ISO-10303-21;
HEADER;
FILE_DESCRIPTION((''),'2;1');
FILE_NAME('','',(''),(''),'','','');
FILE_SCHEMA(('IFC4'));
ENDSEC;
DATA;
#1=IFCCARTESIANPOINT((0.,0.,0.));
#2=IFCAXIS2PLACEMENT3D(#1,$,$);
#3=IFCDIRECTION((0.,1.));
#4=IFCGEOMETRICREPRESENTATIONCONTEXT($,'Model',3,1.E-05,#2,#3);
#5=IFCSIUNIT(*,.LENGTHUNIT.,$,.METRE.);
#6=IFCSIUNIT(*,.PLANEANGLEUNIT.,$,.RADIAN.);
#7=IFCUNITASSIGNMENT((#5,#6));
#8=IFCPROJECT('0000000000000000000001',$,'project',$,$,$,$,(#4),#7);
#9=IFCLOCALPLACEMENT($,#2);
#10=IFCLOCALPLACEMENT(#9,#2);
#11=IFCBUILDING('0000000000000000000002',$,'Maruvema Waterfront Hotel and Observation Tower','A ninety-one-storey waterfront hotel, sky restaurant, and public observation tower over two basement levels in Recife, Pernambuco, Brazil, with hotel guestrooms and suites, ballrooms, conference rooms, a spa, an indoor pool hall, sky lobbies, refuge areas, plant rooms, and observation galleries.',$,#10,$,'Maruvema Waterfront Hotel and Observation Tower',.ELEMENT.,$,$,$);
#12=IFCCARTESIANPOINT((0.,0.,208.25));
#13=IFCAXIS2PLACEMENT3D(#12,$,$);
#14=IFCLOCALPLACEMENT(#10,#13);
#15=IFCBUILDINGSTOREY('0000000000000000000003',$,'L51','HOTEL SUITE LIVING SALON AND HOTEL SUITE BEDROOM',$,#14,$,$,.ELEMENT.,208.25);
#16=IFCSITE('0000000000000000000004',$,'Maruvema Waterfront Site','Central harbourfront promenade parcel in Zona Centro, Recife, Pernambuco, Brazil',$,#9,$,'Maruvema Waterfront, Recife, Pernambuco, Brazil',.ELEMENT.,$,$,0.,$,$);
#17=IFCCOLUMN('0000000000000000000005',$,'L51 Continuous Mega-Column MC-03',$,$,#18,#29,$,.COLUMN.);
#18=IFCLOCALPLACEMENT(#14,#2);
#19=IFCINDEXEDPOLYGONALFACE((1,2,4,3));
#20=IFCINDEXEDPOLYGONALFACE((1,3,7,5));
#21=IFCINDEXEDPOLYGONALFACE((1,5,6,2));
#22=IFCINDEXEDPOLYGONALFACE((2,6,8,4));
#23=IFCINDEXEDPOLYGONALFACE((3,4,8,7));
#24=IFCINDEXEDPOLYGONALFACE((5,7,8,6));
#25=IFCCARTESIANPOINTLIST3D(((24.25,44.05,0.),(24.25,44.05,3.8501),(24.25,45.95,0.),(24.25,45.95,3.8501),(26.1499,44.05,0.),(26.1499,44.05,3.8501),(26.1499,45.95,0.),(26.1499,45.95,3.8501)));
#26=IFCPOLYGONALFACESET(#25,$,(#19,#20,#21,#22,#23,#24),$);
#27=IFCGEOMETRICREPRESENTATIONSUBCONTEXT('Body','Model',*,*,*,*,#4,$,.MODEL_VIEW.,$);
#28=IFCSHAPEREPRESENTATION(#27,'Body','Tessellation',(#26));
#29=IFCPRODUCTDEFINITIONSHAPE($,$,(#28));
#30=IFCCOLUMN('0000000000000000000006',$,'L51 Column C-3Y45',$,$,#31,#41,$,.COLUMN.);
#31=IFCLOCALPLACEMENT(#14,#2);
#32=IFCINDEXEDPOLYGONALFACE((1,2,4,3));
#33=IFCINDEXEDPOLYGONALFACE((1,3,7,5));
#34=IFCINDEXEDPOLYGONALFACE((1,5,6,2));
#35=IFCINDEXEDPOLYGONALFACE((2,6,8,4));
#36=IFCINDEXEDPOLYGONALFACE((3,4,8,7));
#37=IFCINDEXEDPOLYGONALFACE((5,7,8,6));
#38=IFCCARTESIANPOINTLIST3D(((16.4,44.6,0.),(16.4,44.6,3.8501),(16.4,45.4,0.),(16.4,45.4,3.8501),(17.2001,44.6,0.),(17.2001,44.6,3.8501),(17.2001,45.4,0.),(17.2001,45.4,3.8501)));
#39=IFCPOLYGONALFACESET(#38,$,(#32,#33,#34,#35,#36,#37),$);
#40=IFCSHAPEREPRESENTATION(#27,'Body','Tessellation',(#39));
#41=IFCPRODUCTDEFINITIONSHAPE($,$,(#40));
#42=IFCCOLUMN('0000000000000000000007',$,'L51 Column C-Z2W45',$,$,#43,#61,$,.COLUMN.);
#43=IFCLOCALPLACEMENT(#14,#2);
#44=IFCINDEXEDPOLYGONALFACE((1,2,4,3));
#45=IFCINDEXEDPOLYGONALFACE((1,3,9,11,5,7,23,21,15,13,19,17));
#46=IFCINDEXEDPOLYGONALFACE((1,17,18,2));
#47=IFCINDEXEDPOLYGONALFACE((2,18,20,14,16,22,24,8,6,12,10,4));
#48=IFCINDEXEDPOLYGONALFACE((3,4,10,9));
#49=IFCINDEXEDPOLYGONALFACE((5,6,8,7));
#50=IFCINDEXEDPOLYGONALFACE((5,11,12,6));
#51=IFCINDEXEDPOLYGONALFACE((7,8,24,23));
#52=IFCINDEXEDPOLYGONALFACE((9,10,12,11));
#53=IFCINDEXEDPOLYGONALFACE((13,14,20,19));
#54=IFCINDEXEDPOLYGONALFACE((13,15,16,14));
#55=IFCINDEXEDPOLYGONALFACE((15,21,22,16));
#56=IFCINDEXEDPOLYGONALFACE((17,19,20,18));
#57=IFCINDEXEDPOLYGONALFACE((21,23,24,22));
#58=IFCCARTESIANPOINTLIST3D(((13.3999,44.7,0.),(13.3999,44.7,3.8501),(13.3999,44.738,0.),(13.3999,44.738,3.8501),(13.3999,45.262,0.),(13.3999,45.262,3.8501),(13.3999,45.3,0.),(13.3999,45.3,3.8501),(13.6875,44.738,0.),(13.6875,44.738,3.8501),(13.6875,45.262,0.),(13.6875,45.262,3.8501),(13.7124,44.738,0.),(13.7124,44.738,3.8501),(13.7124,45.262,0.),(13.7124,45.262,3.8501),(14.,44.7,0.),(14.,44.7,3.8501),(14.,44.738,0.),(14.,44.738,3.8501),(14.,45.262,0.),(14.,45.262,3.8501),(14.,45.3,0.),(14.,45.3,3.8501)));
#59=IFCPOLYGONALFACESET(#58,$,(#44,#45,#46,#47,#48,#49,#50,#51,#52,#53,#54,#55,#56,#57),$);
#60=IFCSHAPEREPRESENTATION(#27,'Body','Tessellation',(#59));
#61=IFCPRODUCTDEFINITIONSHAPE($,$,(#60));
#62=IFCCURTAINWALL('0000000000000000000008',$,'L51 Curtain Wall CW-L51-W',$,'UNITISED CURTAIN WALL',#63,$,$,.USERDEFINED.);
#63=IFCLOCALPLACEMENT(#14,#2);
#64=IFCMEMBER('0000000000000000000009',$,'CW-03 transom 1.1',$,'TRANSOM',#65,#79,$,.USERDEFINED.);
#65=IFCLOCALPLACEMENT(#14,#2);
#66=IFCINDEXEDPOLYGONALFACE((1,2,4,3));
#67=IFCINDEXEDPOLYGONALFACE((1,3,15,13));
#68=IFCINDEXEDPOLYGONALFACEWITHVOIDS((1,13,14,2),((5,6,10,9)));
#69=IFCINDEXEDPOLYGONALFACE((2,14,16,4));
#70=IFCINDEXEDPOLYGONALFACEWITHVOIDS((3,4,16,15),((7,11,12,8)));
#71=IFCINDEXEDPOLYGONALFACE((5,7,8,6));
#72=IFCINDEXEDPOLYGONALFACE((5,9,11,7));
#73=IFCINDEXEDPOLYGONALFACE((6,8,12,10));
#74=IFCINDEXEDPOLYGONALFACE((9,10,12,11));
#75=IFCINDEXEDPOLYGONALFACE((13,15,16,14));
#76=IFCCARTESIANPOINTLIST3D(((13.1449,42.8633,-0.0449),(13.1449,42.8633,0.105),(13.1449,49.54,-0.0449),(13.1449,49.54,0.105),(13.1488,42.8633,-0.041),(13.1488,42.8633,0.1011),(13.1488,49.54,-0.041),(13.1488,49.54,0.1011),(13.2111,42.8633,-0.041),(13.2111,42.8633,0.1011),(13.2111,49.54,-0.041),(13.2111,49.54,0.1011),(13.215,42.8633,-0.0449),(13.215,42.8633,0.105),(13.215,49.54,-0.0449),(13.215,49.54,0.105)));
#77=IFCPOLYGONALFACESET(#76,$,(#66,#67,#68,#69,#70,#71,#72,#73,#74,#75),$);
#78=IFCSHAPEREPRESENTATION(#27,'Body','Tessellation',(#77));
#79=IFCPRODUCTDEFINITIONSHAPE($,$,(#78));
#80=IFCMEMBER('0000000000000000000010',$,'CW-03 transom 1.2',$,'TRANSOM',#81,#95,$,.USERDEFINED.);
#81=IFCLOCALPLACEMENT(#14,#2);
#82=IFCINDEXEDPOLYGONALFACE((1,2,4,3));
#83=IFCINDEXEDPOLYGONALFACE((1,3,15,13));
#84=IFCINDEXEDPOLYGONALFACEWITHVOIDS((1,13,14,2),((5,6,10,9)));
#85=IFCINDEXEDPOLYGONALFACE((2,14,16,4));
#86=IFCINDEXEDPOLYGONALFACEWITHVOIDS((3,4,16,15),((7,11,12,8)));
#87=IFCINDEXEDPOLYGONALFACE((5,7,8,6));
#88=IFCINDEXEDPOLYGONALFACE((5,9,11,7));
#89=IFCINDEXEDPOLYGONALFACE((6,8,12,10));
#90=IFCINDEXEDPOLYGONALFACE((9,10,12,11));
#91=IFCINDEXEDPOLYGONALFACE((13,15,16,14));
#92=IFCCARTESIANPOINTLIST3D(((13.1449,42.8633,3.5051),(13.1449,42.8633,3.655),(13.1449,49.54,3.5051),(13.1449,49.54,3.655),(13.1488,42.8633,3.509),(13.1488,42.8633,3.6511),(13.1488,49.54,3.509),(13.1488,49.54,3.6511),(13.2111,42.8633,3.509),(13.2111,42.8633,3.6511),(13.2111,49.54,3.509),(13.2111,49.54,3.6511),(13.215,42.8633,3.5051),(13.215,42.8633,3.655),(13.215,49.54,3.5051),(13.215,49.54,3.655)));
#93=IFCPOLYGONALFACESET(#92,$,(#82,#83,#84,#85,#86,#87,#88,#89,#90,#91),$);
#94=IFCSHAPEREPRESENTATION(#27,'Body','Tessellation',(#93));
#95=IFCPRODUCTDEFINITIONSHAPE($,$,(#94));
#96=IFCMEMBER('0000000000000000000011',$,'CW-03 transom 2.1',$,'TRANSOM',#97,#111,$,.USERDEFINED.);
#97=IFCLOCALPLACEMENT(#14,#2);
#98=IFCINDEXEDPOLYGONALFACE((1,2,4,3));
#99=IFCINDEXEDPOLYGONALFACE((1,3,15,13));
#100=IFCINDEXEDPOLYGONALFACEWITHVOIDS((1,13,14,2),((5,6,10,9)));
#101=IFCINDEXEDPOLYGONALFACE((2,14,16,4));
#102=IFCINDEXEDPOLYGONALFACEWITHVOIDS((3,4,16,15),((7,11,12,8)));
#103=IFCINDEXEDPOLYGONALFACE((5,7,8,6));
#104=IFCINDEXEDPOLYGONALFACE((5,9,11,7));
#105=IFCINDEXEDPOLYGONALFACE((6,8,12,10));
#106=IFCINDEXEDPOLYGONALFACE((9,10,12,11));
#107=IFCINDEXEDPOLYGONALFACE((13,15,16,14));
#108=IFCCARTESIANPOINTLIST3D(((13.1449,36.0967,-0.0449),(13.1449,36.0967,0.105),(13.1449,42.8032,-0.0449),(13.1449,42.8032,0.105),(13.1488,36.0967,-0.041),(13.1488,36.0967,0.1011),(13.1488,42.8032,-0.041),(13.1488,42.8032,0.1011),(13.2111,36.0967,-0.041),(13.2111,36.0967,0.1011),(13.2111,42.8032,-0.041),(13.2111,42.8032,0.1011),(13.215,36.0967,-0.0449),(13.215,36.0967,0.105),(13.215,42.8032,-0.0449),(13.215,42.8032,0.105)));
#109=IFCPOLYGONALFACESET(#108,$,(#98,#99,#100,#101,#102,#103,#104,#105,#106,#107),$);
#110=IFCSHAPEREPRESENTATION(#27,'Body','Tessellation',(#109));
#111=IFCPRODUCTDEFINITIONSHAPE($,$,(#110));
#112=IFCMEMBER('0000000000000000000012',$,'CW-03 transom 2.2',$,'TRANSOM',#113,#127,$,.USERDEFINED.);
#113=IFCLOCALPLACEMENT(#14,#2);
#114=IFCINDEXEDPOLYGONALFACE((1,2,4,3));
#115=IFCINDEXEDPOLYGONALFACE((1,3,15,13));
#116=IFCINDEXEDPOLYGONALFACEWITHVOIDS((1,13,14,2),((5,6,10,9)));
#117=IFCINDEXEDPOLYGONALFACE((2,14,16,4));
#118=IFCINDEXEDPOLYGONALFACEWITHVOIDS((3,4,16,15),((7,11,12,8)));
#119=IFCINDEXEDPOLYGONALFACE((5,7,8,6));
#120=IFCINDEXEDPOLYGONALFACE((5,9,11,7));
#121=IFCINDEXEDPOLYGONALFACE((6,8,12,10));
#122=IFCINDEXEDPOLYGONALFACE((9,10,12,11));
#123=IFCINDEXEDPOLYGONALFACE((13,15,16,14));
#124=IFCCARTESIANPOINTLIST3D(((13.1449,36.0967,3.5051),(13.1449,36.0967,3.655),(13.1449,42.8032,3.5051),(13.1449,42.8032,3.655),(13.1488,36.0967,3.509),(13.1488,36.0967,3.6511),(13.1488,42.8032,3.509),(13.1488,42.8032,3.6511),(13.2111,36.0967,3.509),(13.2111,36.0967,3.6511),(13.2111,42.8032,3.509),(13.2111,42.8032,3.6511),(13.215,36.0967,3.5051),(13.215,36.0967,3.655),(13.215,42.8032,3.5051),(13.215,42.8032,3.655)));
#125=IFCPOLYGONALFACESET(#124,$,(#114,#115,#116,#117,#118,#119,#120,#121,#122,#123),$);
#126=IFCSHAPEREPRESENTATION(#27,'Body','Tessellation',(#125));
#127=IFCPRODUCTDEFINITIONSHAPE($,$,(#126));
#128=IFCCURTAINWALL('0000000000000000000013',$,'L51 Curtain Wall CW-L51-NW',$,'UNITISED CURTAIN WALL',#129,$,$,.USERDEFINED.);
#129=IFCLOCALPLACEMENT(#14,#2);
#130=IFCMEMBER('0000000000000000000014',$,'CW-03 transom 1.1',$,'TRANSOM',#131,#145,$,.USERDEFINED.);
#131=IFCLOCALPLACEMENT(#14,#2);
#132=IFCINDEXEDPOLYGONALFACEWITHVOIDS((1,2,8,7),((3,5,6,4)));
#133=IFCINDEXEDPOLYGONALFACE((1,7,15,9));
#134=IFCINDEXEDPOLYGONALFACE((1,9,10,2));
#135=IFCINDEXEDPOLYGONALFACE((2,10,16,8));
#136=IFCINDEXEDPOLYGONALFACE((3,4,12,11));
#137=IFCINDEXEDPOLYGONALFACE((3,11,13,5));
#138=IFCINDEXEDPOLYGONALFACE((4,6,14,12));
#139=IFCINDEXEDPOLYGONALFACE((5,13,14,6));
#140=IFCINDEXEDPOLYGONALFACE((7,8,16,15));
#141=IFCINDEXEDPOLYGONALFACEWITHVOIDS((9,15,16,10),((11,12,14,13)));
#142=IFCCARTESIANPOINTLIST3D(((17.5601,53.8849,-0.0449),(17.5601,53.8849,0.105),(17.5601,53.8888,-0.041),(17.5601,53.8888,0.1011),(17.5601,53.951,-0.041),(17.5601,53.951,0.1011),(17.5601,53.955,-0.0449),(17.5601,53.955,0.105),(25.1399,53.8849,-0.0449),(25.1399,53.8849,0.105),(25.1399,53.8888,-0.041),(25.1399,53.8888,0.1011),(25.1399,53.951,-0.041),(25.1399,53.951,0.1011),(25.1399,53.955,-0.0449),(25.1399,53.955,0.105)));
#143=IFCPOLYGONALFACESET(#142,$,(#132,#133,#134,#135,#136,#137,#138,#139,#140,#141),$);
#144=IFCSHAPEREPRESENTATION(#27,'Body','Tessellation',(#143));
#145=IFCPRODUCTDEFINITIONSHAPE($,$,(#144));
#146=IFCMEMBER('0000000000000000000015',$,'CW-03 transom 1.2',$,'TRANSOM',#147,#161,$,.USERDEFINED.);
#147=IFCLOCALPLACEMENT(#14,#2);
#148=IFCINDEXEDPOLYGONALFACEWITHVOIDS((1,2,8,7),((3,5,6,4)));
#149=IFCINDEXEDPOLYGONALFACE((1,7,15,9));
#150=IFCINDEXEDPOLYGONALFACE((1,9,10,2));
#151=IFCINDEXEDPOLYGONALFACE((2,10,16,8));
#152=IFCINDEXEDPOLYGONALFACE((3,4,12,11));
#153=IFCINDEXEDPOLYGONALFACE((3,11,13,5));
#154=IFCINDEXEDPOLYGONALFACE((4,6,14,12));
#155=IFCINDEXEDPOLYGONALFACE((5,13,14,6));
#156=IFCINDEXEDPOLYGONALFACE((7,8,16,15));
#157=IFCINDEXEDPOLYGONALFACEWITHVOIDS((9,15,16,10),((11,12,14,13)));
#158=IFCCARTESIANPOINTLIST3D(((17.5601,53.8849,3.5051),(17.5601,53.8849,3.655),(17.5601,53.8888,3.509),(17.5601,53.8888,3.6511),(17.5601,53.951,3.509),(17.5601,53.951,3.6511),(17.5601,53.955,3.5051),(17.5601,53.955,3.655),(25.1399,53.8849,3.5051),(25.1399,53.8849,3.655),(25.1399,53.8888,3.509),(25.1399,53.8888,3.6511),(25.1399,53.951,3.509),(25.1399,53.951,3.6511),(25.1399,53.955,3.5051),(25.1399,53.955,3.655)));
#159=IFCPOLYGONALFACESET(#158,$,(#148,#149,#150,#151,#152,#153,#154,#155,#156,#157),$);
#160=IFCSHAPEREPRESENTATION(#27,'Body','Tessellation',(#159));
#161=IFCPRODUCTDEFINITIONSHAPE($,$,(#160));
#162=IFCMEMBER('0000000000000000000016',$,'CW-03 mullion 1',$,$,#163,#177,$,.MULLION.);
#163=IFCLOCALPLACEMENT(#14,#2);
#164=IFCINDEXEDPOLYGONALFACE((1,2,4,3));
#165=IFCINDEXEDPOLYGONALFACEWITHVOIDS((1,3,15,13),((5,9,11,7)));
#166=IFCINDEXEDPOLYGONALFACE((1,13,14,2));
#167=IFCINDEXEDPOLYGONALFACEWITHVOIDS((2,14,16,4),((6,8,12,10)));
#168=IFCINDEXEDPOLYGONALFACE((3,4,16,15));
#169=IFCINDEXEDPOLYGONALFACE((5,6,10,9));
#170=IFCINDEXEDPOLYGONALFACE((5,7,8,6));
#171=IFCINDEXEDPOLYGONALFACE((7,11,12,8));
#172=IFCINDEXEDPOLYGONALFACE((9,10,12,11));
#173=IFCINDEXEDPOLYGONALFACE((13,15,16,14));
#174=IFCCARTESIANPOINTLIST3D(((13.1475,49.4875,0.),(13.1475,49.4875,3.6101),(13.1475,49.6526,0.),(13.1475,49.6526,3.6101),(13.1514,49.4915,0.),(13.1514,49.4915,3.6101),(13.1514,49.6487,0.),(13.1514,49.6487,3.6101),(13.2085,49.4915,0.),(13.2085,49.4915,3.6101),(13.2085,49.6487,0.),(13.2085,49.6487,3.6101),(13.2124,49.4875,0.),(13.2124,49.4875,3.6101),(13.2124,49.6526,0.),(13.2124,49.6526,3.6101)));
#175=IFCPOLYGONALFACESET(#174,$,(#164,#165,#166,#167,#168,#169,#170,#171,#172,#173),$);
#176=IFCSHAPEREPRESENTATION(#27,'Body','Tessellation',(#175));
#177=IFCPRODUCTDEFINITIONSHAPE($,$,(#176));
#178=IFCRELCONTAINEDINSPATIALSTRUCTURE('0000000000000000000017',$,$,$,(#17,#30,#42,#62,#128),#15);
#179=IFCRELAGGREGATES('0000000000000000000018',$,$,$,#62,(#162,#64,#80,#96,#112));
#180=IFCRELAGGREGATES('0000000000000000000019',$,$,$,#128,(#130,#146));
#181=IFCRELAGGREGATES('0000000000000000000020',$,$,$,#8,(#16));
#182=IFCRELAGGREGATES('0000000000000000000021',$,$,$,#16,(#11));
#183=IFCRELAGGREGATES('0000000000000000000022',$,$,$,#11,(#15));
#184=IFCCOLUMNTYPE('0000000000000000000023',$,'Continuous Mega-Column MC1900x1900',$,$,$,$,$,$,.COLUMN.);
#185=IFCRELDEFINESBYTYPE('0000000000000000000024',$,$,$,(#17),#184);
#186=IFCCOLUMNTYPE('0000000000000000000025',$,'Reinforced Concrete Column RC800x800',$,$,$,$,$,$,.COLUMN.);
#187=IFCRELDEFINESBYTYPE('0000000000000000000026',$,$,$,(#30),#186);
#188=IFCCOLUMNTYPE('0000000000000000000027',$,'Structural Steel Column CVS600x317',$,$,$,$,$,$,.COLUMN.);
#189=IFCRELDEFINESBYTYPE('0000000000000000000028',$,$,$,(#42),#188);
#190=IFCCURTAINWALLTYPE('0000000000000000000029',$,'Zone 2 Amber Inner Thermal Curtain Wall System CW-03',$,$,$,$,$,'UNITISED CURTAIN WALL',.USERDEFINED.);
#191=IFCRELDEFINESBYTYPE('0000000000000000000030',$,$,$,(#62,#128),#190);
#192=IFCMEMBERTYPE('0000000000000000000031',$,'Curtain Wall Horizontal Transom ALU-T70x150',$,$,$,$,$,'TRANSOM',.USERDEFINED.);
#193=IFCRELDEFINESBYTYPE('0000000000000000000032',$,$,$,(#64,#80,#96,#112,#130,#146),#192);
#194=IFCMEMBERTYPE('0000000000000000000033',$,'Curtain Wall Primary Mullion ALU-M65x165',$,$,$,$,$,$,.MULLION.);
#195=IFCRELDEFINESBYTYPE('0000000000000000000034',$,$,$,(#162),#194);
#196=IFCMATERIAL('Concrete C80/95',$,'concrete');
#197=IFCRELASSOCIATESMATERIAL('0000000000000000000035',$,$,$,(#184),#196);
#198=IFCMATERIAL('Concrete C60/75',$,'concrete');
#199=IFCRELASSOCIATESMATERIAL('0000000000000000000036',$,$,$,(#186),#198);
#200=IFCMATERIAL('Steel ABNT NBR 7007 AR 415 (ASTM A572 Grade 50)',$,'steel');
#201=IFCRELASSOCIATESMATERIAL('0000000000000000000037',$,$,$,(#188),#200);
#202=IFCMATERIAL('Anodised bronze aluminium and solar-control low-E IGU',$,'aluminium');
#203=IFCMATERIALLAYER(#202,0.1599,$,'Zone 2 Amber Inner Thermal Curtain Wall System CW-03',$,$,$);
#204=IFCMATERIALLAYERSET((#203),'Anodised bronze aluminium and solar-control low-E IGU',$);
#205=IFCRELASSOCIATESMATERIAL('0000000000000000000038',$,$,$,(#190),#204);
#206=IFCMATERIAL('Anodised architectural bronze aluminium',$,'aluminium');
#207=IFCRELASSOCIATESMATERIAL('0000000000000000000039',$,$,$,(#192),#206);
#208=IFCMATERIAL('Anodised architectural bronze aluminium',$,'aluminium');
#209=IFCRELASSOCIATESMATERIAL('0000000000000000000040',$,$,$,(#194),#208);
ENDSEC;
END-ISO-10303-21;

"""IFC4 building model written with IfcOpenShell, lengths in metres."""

from ifc_helpers import new_model, si_unit, direction, frame, origin, origin_2d, place, context, subcontext, project, spatial, rectangle, hollow_rectangle, i_section, extrude, material, layer, layer_set, material_profile, profile_set, type_object, element, aggregate, save


model = new_model("IFC4")

# Units and contexts
model_context = context("Model", 3, precision=1e-05, world=origin(), true_north=direction((0.0, 1.0)))
body_context = subcontext(model_context, "Body", "Model", "MODEL_VIEW")
ifc_project = project(units=[si_unit("LENGTHUNIT", "METRE"), si_unit("PLANEANGLEUNIT", "RADIAN")], contexts=[model_context])

# Site, building, storey
site_placement = place(None, origin())
site = spatial("IfcSite", under=ifc_project, at=site_placement, Name="Maruvema Waterfront Site", Description="Central harbourfront promenade parcel in Zona Centro, Recife, Pernambuco, Brazil", LongName="Maruvema Waterfront, Recife, Pernambuco, Brazil", CompositionType="ELEMENT", RefElevation=0.0)
building_placement = place(site_placement, origin())
building = spatial("IfcBuilding", under=site, at=building_placement, Name="Maruvema Waterfront Hotel and Observation Tower", Description="A ninety-one-storey waterfront hotel, sky restaurant, and public observation tower over two basement levels in Recife, Pernambuco, Brazil, with hotel guestrooms and suites, ballrooms, conference rooms, a spa, an indoor pool hall, sky lobbies, refuge areas, plant rooms, and observation galleries.", LongName="Maruvema Waterfront Hotel and Observation Tower", CompositionType="ELEMENT")
storey_placement = place(building_placement, frame((0.0, 0.0, 208.25)))
storey = spatial("IfcBuildingStorey", under=building, at=storey_placement, Name="L51", Description="HOTEL SUITE LIVING SALON AND HOTEL SUITE BEDROOM", CompositionType="ELEMENT", Elevation=208.25)

# Columns
ifc_material_1 = material(Name="Concrete C80/95", Category="concrete")
ifc_material_profile_1 = material_profile(ifc_material_1, rectangle(XDim=1.8999, YDim=1.8999, at=origin_2d()), Name="MC1900x1900")
ifc_profile_set_1 = profile_set([ifc_material_profile_1], Name="Concrete C80/95")
column_type_1 = type_object("IfcColumnType", Name="Continuous Mega-Column MC1900x1900", PredefinedType="COLUMN", material=ifc_profile_set_1)
column_1_placement = place(storey_placement, frame((25.2, 45.0, 0.0), z_axis=(0.0, 0.0, 1.0), x_axis=(1.0, 0.0, 0.0)))
element("IfcColumn", 1, at=column_1_placement, inside=storey, type_object=column_type_1, Name="L51 Continuous Mega-Column MC-03", PredefinedType="COLUMN", context=body_context, shape_type="SweptSolid", body=[
    extrude(rectangle(XDim=1.8999, YDim=1.8999, at=origin_2d()), origin(), (0.0, 0.0, 1.0), 3.8501),
])
ifc_material_2 = material(Name="Concrete C60/75", Category="concrete")
ifc_material_profile_2 = material_profile(ifc_material_2, rectangle(XDim=0.8, YDim=0.8, at=origin_2d()), Name="RC800x800")
ifc_profile_set_2 = profile_set([ifc_material_profile_2], Name="Concrete C60/75")
column_type_2 = type_object("IfcColumnType", Name="Reinforced Concrete Column RC800x800", PredefinedType="COLUMN", material=ifc_profile_set_2)
column_2_placement = place(storey_placement, frame((16.8, 45.0, 0.0), z_axis=(0.0, 0.0, 1.0), x_axis=(1.0, 0.0, 0.0)))
element("IfcColumn", 2, at=column_2_placement, inside=storey, type_object=column_type_2, Name="L51 Column C-3Y45", PredefinedType="COLUMN", context=body_context, shape_type="SweptSolid", body=[
    extrude(rectangle(XDim=0.8, YDim=0.8, at=origin_2d()), origin(), (0.0, 0.0, 1.0), 3.8501),
])
ifc_material_3 = material(Name="Steel ABNT NBR 7007 AR 415 (ASTM A572 Grade 50)", Category="steel")
ifc_material_profile_3 = material_profile(ifc_material_3, i_section(OverallWidth=0.6001, OverallDepth=0.6001, WebThickness=0.0249, FlangeThickness=0.0381, at=origin_2d()), Name="CVS600x317")
ifc_profile_set_3 = profile_set([ifc_material_profile_3], Name="Steel ABNT NBR 7007 AR 415 (ASTM A572 Grade 50)")
column_type_3 = type_object("IfcColumnType", Name="Structural Steel Column CVS600x317", PredefinedType="COLUMN", material=ifc_profile_set_3)
column_3_placement = place(storey_placement, frame((13.7, 45.0, 0.0), z_axis=(0.0, 0.0, 1.0), x_axis=(1.0, 0.0, 0.0)))
element("IfcColumn", 3, at=column_3_placement, inside=storey, type_object=column_type_3, Name="L51 Column C-Z2W45", PredefinedType="COLUMN", context=body_context, shape_type="SweptSolid", body=[
    extrude(i_section(OverallWidth=0.6001, OverallDepth=0.6001, WebThickness=0.0249, FlangeThickness=0.0381, at=origin_2d()), origin(), (0.0, 0.0, 1.0), 3.8501),
])

# Curtain walls, members
ifc_material_4 = material(Name="Anodised bronze aluminium and solar-control low-E IGU", Category="aluminium")
ifc_layer_1 = layer(ifc_material_4, 0.1599, Name="Zone 2 Amber Inner Thermal Curtain Wall System CW-03")
ifc_layer_set_1 = layer_set([ifc_layer_1], Name="Anodised bronze aluminium and solar-control low-E IGU")
curtain_wall_type = type_object("IfcCurtainWallType", Name="Zone 2 Amber Inner Thermal Curtain Wall System CW-03", ElementType="UNITISED CURTAIN WALL", PredefinedType="USERDEFINED", material=ifc_layer_set_1)
curtain_wall_1_placement = place(storey_placement, origin())
curtain_wall_1 = element("IfcCurtainWall", 4, at=curtain_wall_1_placement, inside=storey, type_object=curtain_wall_type, Name="L51 Curtain Wall CW-L51-W", ObjectType="UNITISED CURTAIN WALL", PredefinedType="USERDEFINED")
ifc_material_5 = material(Name="Anodised architectural bronze aluminium", Category="aluminium")
ifc_material_profile_4 = material_profile(ifc_material_5, hollow_rectangle(XDim=0.0701, YDim=0.1499, WallThickness=0.0039, at=origin_2d()), Name="ALU-T70x150")
ifc_profile_set_4 = profile_set([ifc_material_profile_4], Name="Anodised architectural bronze aluminium")
member_type_1 = type_object("IfcMemberType", Name="Curtain Wall Horizontal Transom ALU-T70x150", ElementType="TRANSOM", PredefinedType="USERDEFINED", material=ifc_profile_set_4)
member_1_placement = place(storey_placement, frame((13.1799, 49.54, 0.03), z_axis=(0.0, -1.0, 0.0), x_axis=(1.0, 0.0, 0.0)))
member_1 = element("IfcMember", 5, at=member_1_placement, type_object=member_type_1, Name="CW-03 transom 1.1", ObjectType="TRANSOM", PredefinedType="USERDEFINED", context=body_context, shape_type="SweptSolid", body=[
    extrude(hollow_rectangle(XDim=0.0701, YDim=0.1499, WallThickness=0.0039, at=origin_2d()), origin(), (0.0, 0.0, 1.0), 6.6768),
])
member_2_placement = place(storey_placement, frame((13.1799, 49.54, 3.5801), z_axis=(0.0, -1.0, 0.0), x_axis=(1.0, 0.0, 0.0)))
member_2 = element("IfcMember", 6, at=member_2_placement, type_object=member_type_1, Name="CW-03 transom 1.2", ObjectType="TRANSOM", PredefinedType="USERDEFINED", context=body_context, shape_type="SweptSolid", body=[
    extrude(hollow_rectangle(XDim=0.0701, YDim=0.1499, WallThickness=0.0039, at=origin_2d()), origin(), (0.0, 0.0, 1.0), 6.6768),
])
member_3_placement = place(storey_placement, frame((13.1799, 42.8032, 0.03), z_axis=(0.0, -1.0, 0.0), x_axis=(1.0, 0.0, 0.0)))
member_3 = element("IfcMember", 7, at=member_3_placement, type_object=member_type_1, Name="CW-03 transom 2.1", ObjectType="TRANSOM", PredefinedType="USERDEFINED", context=body_context, shape_type="SweptSolid", body=[
    extrude(hollow_rectangle(XDim=0.0701, YDim=0.1499, WallThickness=0.0039, at=origin_2d()), origin(), (0.0, 0.0, 1.0), 6.7065),
])
member_4_placement = place(storey_placement, frame((13.1799, 42.8032, 3.5801), z_axis=(0.0, -1.0, 0.0), x_axis=(1.0, 0.0, 0.0)))
member_4 = element("IfcMember", 8, at=member_4_placement, type_object=member_type_1, Name="CW-03 transom 2.2", ObjectType="TRANSOM", PredefinedType="USERDEFINED", context=body_context, shape_type="SweptSolid", body=[
    extrude(hollow_rectangle(XDim=0.0701, YDim=0.1499, WallThickness=0.0039, at=origin_2d()), origin(), (0.0, 0.0, 1.0), 6.7065),
])
curtain_wall_2_placement = place(storey_placement, origin())
curtain_wall_2 = element("IfcCurtainWall", 9, at=curtain_wall_2_placement, inside=storey, type_object=curtain_wall_type, Name="L51 Curtain Wall CW-L51-NW", ObjectType="UNITISED CURTAIN WALL", PredefinedType="USERDEFINED")
member_5_placement = place(storey_placement, frame((25.1399, 53.9199, 0.03), z_axis=(-1.0, 0.0, 0.0), x_axis=(0.0, -1.0, 0.0)))
member_5 = element("IfcMember", 10, at=member_5_placement, type_object=member_type_1, Name="CW-03 transom 1.1", ObjectType="TRANSOM", PredefinedType="USERDEFINED", context=body_context, shape_type="SweptSolid", body=[
    extrude(hollow_rectangle(XDim=0.0701, YDim=0.1499, WallThickness=0.0039, at=origin_2d()), origin(), (0.0, 0.0, 1.0), 7.5798),
])
member_6_placement = place(storey_placement, frame((25.1399, 53.9199, 3.5801), z_axis=(-1.0, 0.0, 0.0), x_axis=(0.0, -1.0, 0.0)))
member_6 = element("IfcMember", 11, at=member_6_placement, type_object=member_type_1, Name="CW-03 transom 1.2", ObjectType="TRANSOM", PredefinedType="USERDEFINED", context=body_context, shape_type="SweptSolid", body=[
    extrude(hollow_rectangle(XDim=0.0701, YDim=0.1499, WallThickness=0.0039, at=origin_2d()), origin(), (0.0, 0.0, 1.0), 7.5798),
])

# Member
ifc_material_6 = material(Name="Anodised architectural bronze aluminium", Category="aluminium")
ifc_material_profile_5 = material_profile(ifc_material_6, hollow_rectangle(XDim=0.0649, YDim=0.165, WallThickness=0.0039, at=origin_2d()), Name="ALU-M65x165")
ifc_profile_set_5 = profile_set([ifc_material_profile_5], Name="Anodised architectural bronze aluminium")
member_type_2 = type_object("IfcMemberType", Name="Curtain Wall Primary Mullion ALU-M65x165", PredefinedType="MULLION", material=ifc_profile_set_5)
member_7_placement = place(storey_placement, frame((13.1799, 49.5701, 0.0), z_axis=(0.0, 0.0, 1.0), x_axis=(1.0, 0.0, 0.0)))
member_7 = element("IfcMember", 12, at=member_7_placement, type_object=member_type_2, Name="CW-03 mullion 1", PredefinedType="MULLION", context=body_context, shape_type="SweptSolid", body=[
    extrude(hollow_rectangle(XDim=0.0649, YDim=0.165, WallThickness=0.0039, at=origin_2d()), origin(), (0.0, 0.0, 1.0), 3.6101),
])

aggregate(curtain_wall_1, [member_7, member_1, member_2, member_3, member_4])
aggregate(curtain_wall_2, [member_5, member_6])

save(model, "model.ifc")
